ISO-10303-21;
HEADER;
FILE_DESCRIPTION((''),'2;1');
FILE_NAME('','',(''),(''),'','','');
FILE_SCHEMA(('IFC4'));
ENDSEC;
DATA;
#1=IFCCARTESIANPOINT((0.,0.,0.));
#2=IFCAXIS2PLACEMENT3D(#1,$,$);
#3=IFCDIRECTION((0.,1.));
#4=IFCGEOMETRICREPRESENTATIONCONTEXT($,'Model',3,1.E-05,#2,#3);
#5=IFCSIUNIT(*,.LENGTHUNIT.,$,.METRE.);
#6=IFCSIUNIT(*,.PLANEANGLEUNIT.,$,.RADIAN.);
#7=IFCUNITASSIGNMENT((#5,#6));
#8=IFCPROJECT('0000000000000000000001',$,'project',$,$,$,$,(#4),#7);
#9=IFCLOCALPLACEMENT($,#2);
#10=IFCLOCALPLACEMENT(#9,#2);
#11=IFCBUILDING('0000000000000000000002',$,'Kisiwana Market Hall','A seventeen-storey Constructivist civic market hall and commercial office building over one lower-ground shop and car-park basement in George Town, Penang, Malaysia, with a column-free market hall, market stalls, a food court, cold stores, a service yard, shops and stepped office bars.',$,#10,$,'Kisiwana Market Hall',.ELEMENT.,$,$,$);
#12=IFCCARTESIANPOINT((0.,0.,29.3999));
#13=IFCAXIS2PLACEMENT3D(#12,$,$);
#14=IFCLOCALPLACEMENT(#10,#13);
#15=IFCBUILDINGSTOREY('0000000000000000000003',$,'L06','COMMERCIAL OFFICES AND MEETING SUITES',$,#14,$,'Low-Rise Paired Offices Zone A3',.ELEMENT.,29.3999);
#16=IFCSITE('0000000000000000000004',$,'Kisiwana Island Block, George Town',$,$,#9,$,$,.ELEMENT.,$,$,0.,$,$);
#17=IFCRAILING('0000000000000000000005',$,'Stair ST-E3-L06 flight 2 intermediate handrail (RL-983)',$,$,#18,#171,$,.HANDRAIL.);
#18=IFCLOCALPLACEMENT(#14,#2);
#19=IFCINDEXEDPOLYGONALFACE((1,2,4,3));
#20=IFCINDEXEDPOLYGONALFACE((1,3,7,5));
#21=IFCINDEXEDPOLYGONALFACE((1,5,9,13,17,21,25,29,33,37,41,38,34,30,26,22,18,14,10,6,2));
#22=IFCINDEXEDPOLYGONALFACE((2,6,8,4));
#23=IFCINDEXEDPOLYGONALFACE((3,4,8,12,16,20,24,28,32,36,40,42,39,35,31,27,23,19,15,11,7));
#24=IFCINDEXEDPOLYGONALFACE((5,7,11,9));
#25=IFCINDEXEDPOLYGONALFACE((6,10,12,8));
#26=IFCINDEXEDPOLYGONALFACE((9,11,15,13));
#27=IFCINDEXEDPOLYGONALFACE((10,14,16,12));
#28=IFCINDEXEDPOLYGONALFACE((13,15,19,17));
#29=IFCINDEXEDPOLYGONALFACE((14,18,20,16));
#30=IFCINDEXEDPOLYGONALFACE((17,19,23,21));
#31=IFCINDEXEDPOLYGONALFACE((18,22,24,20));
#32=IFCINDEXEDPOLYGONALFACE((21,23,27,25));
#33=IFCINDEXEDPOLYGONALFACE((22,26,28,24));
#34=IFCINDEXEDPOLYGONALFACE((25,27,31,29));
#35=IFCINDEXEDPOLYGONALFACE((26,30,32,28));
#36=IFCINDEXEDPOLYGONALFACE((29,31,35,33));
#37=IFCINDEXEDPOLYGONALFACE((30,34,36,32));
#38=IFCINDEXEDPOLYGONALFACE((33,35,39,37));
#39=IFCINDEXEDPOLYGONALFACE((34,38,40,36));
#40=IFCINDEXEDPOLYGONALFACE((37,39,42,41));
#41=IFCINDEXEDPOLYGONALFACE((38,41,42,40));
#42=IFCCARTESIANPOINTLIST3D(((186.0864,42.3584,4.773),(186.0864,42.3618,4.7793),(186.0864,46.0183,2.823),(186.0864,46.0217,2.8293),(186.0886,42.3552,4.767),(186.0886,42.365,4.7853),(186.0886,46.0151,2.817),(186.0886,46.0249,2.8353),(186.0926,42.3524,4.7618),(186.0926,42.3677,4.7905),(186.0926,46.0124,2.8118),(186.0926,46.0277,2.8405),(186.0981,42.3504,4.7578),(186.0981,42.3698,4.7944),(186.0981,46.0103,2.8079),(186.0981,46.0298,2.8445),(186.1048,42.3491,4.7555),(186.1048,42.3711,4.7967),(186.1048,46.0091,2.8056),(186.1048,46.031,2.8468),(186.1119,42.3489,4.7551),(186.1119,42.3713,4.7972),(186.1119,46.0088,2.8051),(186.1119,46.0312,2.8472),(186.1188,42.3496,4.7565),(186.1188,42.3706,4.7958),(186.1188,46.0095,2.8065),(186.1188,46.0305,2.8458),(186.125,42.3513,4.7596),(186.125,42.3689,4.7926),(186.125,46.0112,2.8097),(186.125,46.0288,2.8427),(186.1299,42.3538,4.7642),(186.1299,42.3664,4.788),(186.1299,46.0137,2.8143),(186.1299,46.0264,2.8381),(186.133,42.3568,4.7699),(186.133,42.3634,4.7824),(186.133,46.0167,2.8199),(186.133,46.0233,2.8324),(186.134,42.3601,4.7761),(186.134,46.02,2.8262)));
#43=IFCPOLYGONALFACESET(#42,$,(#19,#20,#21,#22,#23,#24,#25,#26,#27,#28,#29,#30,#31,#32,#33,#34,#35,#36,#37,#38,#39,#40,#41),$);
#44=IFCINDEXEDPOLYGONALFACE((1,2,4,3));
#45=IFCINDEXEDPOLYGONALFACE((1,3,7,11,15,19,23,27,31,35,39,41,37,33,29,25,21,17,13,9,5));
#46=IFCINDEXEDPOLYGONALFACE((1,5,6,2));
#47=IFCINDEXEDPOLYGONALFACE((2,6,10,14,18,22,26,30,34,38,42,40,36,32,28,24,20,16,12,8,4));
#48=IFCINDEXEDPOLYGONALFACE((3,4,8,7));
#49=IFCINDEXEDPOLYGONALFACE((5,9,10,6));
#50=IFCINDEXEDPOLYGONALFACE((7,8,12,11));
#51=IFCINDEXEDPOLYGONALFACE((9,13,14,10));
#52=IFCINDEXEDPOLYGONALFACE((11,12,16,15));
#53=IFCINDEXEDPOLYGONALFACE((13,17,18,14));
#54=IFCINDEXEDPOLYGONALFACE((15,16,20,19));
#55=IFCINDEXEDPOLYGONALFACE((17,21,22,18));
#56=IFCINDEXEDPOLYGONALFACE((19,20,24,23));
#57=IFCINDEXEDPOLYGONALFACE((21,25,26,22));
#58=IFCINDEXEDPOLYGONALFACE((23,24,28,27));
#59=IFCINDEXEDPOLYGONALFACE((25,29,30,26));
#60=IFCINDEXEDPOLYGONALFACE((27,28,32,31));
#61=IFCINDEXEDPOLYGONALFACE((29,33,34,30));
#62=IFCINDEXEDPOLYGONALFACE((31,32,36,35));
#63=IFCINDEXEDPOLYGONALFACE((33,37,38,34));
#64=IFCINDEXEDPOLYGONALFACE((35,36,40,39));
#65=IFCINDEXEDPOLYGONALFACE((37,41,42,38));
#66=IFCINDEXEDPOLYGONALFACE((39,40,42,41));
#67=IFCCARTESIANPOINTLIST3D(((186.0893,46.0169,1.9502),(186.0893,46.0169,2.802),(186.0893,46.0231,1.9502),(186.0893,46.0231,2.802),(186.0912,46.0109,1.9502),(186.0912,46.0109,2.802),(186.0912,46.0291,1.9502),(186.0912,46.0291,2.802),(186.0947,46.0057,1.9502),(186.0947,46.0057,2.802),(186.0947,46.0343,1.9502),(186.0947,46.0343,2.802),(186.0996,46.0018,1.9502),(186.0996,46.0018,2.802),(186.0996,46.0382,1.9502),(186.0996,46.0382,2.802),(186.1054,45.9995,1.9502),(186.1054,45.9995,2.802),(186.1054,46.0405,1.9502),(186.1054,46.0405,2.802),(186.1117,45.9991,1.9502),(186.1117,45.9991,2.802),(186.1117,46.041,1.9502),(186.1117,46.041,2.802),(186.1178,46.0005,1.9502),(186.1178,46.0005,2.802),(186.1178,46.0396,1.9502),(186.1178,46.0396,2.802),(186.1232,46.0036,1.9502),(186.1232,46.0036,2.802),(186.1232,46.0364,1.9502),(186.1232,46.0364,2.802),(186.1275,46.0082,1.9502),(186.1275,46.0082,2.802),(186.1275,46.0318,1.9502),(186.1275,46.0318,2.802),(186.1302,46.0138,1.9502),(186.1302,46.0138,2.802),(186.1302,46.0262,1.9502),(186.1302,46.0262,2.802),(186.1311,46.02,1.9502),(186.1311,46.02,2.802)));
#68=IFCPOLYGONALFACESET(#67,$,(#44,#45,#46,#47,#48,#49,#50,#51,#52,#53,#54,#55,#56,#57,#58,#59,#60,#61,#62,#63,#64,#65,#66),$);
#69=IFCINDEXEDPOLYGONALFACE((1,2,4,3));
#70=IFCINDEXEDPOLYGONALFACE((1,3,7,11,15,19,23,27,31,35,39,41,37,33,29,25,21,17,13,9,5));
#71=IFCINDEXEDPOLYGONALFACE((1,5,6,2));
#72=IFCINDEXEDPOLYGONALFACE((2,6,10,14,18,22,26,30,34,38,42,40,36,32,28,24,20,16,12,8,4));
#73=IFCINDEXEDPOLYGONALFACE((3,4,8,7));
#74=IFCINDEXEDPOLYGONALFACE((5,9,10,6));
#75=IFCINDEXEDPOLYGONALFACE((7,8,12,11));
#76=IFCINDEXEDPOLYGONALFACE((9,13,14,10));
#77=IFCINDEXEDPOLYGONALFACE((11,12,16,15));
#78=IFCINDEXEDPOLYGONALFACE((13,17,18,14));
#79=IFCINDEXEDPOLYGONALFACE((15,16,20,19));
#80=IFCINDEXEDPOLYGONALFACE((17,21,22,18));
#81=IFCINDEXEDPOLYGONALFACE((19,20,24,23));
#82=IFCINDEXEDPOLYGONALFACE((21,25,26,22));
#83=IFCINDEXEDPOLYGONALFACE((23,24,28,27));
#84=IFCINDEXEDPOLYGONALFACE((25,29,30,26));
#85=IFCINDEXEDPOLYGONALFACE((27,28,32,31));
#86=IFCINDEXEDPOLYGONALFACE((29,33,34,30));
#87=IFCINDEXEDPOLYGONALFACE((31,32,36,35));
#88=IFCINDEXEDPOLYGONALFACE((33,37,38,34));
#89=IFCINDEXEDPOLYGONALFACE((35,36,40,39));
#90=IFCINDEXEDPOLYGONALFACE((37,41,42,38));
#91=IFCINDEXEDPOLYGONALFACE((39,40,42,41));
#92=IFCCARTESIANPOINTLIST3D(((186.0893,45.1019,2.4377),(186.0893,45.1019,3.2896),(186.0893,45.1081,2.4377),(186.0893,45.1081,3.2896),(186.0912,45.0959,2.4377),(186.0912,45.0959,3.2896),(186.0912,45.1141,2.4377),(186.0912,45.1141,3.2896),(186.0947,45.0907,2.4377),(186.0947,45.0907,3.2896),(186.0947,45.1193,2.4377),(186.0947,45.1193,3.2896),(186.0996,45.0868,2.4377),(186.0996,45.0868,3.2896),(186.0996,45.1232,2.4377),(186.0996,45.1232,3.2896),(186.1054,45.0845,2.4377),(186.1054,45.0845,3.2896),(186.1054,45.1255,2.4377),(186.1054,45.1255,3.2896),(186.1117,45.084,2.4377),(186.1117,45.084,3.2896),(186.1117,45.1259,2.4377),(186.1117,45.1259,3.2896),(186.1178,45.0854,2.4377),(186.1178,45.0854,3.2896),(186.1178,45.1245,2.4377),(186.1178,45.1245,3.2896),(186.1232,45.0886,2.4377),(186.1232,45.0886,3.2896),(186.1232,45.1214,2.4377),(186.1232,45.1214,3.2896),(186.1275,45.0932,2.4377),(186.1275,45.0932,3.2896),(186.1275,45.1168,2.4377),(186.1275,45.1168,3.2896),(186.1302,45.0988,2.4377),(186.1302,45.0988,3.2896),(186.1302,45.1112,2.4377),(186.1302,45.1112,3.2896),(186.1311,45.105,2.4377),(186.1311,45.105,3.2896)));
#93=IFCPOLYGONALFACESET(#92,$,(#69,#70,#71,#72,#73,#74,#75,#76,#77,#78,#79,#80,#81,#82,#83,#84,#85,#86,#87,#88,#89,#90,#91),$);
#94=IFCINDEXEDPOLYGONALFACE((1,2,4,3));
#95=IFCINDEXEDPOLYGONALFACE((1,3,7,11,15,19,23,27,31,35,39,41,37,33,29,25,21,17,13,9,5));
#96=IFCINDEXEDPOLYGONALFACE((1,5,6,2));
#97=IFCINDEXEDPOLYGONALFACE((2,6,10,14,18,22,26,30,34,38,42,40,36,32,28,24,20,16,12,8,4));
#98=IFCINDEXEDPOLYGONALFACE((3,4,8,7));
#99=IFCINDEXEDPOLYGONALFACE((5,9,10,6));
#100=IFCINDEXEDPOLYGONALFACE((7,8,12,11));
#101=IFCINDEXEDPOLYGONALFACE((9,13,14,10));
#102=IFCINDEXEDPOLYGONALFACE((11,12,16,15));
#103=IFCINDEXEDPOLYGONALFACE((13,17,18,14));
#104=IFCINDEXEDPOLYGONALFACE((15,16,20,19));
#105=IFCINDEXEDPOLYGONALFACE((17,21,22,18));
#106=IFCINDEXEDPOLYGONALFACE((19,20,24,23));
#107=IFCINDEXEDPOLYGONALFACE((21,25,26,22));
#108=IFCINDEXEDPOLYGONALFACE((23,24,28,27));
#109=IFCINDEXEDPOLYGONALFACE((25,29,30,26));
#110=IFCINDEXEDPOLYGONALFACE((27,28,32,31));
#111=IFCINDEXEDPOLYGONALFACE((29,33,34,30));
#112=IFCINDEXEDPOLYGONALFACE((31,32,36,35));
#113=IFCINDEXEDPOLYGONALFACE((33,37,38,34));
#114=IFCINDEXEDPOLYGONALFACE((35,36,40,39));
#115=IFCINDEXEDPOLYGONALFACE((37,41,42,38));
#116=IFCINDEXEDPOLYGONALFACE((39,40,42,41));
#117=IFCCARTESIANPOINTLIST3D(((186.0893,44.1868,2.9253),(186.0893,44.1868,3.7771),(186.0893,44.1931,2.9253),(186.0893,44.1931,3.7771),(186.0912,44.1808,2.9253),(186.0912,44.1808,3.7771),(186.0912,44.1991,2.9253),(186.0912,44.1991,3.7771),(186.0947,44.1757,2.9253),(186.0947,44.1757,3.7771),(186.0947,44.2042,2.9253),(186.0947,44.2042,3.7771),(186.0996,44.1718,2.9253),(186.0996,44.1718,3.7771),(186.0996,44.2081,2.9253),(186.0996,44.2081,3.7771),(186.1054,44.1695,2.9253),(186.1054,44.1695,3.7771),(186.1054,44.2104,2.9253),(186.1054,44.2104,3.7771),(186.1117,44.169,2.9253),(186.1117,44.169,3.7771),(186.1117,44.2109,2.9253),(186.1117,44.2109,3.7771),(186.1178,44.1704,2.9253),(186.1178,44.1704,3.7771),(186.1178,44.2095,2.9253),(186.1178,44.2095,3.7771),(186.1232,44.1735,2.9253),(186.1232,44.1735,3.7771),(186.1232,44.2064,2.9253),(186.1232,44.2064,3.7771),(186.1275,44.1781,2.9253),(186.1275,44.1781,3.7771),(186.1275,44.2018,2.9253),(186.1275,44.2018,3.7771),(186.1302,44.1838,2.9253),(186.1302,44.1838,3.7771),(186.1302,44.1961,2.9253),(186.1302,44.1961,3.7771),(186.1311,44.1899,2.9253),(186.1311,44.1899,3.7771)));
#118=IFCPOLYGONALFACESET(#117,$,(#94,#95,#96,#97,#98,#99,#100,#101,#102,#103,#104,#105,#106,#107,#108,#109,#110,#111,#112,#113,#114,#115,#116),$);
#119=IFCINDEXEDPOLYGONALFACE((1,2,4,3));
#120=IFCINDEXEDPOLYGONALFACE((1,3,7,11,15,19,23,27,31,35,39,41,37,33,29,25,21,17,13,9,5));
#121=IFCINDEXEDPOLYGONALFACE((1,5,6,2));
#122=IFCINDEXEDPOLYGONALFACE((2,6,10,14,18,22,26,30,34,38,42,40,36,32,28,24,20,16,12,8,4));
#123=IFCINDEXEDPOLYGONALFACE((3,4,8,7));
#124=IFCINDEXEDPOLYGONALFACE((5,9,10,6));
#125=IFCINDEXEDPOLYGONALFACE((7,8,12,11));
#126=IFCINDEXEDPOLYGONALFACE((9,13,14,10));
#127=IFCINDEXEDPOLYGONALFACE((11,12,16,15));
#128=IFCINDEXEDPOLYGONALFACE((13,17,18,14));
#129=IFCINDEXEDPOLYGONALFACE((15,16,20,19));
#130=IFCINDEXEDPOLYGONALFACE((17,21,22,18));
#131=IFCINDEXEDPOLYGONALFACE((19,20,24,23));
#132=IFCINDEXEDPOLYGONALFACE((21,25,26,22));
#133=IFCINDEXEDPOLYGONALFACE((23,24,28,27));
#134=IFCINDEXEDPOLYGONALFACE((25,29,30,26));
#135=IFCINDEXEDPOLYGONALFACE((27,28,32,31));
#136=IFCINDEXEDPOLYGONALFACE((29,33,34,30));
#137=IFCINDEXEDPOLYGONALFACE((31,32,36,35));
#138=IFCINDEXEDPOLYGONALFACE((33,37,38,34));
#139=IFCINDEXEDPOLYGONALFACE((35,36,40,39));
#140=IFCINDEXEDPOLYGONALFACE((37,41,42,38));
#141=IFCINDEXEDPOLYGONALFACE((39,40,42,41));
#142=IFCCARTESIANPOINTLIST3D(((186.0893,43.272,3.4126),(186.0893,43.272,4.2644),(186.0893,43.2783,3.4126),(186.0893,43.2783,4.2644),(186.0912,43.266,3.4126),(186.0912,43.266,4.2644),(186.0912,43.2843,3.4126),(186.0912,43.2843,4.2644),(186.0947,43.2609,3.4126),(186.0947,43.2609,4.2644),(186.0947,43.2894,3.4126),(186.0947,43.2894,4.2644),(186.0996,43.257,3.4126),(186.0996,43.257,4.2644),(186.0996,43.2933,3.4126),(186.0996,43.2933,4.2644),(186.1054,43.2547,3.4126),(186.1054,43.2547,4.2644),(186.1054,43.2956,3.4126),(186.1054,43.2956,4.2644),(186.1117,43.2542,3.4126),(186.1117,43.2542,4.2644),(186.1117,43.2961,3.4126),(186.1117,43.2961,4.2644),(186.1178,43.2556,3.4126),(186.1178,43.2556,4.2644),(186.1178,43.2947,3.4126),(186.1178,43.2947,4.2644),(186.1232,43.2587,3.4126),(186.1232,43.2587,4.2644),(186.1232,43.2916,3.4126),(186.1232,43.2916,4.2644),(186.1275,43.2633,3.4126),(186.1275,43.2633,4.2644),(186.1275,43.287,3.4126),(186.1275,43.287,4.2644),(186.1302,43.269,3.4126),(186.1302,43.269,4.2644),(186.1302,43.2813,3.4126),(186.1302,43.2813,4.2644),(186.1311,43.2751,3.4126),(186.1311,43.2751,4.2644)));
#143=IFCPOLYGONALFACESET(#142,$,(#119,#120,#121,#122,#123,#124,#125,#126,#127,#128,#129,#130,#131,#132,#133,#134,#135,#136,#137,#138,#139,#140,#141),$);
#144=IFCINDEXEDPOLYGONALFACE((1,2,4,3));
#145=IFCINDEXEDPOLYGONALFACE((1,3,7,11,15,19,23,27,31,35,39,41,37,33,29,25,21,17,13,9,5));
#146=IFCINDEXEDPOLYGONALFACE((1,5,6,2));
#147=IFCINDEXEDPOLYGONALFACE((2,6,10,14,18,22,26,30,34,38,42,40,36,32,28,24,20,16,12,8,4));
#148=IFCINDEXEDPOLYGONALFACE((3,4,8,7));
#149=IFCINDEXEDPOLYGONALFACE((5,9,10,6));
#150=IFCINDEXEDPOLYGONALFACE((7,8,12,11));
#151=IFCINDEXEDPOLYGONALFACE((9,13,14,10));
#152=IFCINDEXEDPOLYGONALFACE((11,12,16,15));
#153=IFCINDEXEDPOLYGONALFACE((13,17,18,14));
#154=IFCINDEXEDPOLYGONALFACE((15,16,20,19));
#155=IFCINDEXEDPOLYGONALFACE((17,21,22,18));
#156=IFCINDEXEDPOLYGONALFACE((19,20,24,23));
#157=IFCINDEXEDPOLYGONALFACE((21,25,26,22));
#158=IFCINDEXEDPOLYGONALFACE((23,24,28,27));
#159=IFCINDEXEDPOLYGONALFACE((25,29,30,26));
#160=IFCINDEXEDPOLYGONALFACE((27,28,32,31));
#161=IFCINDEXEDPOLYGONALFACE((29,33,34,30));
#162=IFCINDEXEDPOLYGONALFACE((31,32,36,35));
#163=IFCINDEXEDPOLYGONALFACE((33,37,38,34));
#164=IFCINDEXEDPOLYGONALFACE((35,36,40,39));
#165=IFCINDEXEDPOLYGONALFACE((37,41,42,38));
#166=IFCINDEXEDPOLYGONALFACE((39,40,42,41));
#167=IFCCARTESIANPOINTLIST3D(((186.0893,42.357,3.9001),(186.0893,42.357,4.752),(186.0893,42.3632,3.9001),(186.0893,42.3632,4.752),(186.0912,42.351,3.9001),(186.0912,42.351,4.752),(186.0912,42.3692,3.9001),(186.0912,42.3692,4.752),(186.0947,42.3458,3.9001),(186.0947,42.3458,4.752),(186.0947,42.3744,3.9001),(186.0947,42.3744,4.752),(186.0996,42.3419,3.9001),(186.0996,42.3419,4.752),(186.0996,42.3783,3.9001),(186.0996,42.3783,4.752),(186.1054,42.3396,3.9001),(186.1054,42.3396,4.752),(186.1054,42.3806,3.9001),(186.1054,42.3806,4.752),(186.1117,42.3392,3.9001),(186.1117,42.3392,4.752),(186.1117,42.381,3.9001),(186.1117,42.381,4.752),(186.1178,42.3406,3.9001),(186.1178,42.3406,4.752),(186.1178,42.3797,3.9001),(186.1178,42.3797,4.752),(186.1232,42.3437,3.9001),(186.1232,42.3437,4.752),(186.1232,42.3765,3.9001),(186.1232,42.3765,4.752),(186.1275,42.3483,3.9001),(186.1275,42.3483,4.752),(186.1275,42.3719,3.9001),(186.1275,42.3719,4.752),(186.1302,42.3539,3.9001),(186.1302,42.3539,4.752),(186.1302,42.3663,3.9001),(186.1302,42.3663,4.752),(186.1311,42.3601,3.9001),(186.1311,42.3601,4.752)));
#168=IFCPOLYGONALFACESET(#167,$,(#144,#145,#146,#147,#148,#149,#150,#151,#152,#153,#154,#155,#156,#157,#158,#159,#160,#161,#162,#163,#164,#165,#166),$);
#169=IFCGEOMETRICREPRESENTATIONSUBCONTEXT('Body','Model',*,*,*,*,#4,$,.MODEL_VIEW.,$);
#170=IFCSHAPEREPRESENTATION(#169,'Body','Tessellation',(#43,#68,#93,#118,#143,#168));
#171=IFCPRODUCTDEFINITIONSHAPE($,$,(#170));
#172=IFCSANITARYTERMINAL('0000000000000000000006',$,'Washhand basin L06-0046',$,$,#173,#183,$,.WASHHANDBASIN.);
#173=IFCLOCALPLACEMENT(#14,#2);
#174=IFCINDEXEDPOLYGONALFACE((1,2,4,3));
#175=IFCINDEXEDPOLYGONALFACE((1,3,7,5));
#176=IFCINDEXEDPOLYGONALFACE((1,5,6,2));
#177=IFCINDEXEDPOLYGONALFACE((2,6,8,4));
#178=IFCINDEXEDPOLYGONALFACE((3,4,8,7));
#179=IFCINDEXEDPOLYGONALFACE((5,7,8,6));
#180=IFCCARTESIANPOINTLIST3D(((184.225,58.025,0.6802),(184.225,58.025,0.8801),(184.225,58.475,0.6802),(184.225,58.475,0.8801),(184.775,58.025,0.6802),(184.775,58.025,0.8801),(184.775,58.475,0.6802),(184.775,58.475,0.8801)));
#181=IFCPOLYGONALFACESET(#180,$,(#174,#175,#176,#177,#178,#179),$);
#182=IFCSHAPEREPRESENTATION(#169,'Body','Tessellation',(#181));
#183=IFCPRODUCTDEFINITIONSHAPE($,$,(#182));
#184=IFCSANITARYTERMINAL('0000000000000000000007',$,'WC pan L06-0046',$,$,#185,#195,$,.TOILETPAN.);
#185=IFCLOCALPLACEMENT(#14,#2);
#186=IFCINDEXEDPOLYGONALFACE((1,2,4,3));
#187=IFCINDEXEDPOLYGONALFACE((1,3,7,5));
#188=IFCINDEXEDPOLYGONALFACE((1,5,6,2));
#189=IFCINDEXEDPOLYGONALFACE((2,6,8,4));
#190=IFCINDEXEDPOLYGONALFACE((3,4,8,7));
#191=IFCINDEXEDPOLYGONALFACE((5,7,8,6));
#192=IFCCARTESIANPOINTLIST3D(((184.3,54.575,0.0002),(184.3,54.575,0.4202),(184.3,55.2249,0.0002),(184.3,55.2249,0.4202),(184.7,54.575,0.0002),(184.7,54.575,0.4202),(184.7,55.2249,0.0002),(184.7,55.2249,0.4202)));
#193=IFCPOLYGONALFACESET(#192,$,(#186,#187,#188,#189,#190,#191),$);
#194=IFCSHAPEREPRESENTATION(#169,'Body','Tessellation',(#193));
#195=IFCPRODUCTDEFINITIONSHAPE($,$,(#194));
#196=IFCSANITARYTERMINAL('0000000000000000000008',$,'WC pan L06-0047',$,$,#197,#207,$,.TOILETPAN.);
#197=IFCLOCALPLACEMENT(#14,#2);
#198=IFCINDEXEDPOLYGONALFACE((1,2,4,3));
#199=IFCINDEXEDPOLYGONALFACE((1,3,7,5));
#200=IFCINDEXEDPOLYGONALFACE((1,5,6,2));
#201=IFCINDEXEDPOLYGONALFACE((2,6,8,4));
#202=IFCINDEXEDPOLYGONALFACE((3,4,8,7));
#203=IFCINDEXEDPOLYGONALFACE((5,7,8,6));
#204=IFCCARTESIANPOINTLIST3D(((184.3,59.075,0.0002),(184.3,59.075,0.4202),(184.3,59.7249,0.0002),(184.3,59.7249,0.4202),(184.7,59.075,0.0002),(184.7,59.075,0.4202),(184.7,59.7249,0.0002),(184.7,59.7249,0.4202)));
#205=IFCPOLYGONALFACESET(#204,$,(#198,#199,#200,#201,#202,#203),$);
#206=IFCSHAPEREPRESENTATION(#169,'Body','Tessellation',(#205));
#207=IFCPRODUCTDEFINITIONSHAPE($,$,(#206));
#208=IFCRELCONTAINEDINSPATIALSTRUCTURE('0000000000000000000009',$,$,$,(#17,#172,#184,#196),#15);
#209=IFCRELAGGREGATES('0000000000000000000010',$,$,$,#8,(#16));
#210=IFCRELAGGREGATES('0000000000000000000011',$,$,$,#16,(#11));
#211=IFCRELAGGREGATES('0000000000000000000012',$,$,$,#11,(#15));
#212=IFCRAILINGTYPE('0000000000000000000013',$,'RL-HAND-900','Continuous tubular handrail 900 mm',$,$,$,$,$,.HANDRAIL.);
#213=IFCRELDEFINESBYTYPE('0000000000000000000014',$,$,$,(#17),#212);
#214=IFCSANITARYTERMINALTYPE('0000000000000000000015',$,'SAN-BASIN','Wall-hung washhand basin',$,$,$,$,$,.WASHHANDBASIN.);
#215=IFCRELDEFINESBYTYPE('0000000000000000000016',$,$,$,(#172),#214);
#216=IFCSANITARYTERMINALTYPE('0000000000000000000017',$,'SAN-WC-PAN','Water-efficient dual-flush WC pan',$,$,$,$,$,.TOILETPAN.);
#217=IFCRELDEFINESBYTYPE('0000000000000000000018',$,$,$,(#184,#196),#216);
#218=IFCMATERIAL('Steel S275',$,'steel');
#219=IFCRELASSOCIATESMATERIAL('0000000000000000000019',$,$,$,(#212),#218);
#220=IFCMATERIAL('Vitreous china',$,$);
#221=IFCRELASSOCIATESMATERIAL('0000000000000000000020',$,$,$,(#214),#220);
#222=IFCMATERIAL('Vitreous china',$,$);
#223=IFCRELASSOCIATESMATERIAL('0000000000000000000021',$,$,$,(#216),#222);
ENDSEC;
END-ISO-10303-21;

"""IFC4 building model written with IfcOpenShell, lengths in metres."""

from ifc_helpers import new_model, si_unit, direction, frame, origin, origin_2d, place, context, subcontext, project, spatial, rectangle, circle, extrude, material, type_object, element, save


model = new_model("IFC4")

# Units and contexts
model_context = context("Model", 3, precision=1e-05, world=origin(), true_north=direction((0.0, 1.0)))
body_context = subcontext(model_context, "Body", "Model", "MODEL_VIEW")
ifc_project = project(units=[si_unit("LENGTHUNIT", "METRE"), si_unit("PLANEANGLEUNIT", "RADIAN")], contexts=[model_context])

# Site, building, storey
site_placement = place(None, origin())
site = spatial("IfcSite", under=ifc_project, at=site_placement, Name="Kisiwana Island Block, George Town", CompositionType="ELEMENT", RefElevation=0.0)
building_placement = place(site_placement, origin())
building = spatial("IfcBuilding", under=site, at=building_placement, Name="Kisiwana Market Hall", Description="A seventeen-storey Constructivist civic market hall and commercial office building over one lower-ground shop and car-park basement in George Town, Penang, Malaysia, with a column-free market hall, market stalls, a food court, cold stores, a service yard, shops and stepped office bars.", LongName="Kisiwana Market Hall", CompositionType="ELEMENT")
storey_placement = place(building_placement, frame((0.0, 0.0, 29.3999)))
storey = spatial("IfcBuildingStorey", under=building, at=storey_placement, Name="L06", Description="COMMERCIAL OFFICES AND MEETING SUITES", LongName="Low-Rise Paired Offices Zone A3", CompositionType="ELEMENT", Elevation=29.3999)

# Railing
ifc_material_1 = material(Name="Steel S275", Category="steel")
railing_type_1 = type_object("IfcRailingType", Name="RL-HAND-900", Description="Continuous tubular handrail 900 mm", PredefinedType="HANDRAIL", material=ifc_material_1)
railing_1_placement = place(storey_placement, frame((186.1101, 46.02, 1.9502)))
element("IfcRailing", 1, at=railing_1_placement, inside=storey, type_object=railing_type_1, Name="Stair ST-E3-L06 flight 2 intermediate handrail (RL-983)", PredefinedType="HANDRAIL", context=body_context, shape_type="SweptSolid", body=[
    extrude(circle(Radius=0.0239, at=origin_2d()), frame((0.0, 0.0, 0.876), z_axis=(0.0, -0.882553, 0.470212), x_axis=(1.0, 0.0, 0.0)), (0.0, 0.0, 1.0), 4.147),
    extrude(circle(Radius=0.021, at=origin_2d()), origin(), (0.0, 0.0, 1.0), 0.8518),
    extrude(circle(Radius=0.021, at=origin_2d()), frame((0.0, -0.915, 0.4875)), (0.0, 0.0, 1.0), 0.8518),
    extrude(circle(Radius=0.021, at=origin_2d()), frame((0.0, -1.8301, 0.9751)), (0.0, 0.0, 1.0), 0.8518),
    extrude(circle(Radius=0.021, at=origin_2d()), frame((0.0, -2.7449, 1.4624)), (0.0, 0.0, 1.0), 0.8518),
    extrude(circle(Radius=0.021, at=origin_2d()), frame((0.0, -3.6599, 1.95)), (0.0, 0.0, 1.0), 0.8518),
])

# Sanitary terminals
ifc_material_2 = material(Name="Vitreous china")
sanitary_terminal_type_1 = type_object("IfcSanitaryTerminalType", Name="SAN-BASIN", Description="Wall-hung washhand basin", PredefinedType="WASHHANDBASIN", material=ifc_material_2)
sanitary_terminal_placement = place(storey_placement, frame((184.5, 58.25, 0.6802), z_axis=(0.0, 0.0, 1.0), x_axis=(1.0, 0.0, 0.0)))
element("IfcSanitaryTerminal", 2, at=sanitary_terminal_placement, inside=storey, type_object=sanitary_terminal_type_1, Name="Washhand basin L06-0046", PredefinedType="WASHHANDBASIN", context=body_context, shape_type="SweptSolid", body=[
    extrude(rectangle(XDim=0.55, YDim=0.45, at=origin_2d()), origin(), (0.0, 0.0, 1.0), 0.2),
])
ifc_material_3 = material(Name="Vitreous china")
sanitary_terminal_type_2 = type_object("IfcSanitaryTerminalType", Name="SAN-WC-PAN", Description="Water-efficient dual-flush WC pan", PredefinedType="TOILETPAN", material=ifc_material_3)
for number, where, z_axis, x_axis, name in (
    (3, (184.5, 54.8999, 0.0002), (0.0, 0.0, 1.0), (1.0, 0.0, 0.0), "WC pan L06-0046"),
    (4, (184.5, 59.3999, 0.0002), (0.0, 0.0, 1.0), (1.0, 0.0, 0.0), "WC pan L06-0047"),
):
    element("IfcSanitaryTerminal", number, at=place(storey_placement, frame(where, z_axis=z_axis, x_axis=x_axis)), inside=storey, type_object=sanitary_terminal_type_2, Name=name, PredefinedType="TOILETPAN", context=body_context, shape_type="SweptSolid", body=[
        extrude(rectangle(XDim=0.3999, YDim=0.6499, at=origin_2d()), origin(), (0.0, 0.0, 1.0), 0.4199),
    ])

save(model, "model.ifc")
